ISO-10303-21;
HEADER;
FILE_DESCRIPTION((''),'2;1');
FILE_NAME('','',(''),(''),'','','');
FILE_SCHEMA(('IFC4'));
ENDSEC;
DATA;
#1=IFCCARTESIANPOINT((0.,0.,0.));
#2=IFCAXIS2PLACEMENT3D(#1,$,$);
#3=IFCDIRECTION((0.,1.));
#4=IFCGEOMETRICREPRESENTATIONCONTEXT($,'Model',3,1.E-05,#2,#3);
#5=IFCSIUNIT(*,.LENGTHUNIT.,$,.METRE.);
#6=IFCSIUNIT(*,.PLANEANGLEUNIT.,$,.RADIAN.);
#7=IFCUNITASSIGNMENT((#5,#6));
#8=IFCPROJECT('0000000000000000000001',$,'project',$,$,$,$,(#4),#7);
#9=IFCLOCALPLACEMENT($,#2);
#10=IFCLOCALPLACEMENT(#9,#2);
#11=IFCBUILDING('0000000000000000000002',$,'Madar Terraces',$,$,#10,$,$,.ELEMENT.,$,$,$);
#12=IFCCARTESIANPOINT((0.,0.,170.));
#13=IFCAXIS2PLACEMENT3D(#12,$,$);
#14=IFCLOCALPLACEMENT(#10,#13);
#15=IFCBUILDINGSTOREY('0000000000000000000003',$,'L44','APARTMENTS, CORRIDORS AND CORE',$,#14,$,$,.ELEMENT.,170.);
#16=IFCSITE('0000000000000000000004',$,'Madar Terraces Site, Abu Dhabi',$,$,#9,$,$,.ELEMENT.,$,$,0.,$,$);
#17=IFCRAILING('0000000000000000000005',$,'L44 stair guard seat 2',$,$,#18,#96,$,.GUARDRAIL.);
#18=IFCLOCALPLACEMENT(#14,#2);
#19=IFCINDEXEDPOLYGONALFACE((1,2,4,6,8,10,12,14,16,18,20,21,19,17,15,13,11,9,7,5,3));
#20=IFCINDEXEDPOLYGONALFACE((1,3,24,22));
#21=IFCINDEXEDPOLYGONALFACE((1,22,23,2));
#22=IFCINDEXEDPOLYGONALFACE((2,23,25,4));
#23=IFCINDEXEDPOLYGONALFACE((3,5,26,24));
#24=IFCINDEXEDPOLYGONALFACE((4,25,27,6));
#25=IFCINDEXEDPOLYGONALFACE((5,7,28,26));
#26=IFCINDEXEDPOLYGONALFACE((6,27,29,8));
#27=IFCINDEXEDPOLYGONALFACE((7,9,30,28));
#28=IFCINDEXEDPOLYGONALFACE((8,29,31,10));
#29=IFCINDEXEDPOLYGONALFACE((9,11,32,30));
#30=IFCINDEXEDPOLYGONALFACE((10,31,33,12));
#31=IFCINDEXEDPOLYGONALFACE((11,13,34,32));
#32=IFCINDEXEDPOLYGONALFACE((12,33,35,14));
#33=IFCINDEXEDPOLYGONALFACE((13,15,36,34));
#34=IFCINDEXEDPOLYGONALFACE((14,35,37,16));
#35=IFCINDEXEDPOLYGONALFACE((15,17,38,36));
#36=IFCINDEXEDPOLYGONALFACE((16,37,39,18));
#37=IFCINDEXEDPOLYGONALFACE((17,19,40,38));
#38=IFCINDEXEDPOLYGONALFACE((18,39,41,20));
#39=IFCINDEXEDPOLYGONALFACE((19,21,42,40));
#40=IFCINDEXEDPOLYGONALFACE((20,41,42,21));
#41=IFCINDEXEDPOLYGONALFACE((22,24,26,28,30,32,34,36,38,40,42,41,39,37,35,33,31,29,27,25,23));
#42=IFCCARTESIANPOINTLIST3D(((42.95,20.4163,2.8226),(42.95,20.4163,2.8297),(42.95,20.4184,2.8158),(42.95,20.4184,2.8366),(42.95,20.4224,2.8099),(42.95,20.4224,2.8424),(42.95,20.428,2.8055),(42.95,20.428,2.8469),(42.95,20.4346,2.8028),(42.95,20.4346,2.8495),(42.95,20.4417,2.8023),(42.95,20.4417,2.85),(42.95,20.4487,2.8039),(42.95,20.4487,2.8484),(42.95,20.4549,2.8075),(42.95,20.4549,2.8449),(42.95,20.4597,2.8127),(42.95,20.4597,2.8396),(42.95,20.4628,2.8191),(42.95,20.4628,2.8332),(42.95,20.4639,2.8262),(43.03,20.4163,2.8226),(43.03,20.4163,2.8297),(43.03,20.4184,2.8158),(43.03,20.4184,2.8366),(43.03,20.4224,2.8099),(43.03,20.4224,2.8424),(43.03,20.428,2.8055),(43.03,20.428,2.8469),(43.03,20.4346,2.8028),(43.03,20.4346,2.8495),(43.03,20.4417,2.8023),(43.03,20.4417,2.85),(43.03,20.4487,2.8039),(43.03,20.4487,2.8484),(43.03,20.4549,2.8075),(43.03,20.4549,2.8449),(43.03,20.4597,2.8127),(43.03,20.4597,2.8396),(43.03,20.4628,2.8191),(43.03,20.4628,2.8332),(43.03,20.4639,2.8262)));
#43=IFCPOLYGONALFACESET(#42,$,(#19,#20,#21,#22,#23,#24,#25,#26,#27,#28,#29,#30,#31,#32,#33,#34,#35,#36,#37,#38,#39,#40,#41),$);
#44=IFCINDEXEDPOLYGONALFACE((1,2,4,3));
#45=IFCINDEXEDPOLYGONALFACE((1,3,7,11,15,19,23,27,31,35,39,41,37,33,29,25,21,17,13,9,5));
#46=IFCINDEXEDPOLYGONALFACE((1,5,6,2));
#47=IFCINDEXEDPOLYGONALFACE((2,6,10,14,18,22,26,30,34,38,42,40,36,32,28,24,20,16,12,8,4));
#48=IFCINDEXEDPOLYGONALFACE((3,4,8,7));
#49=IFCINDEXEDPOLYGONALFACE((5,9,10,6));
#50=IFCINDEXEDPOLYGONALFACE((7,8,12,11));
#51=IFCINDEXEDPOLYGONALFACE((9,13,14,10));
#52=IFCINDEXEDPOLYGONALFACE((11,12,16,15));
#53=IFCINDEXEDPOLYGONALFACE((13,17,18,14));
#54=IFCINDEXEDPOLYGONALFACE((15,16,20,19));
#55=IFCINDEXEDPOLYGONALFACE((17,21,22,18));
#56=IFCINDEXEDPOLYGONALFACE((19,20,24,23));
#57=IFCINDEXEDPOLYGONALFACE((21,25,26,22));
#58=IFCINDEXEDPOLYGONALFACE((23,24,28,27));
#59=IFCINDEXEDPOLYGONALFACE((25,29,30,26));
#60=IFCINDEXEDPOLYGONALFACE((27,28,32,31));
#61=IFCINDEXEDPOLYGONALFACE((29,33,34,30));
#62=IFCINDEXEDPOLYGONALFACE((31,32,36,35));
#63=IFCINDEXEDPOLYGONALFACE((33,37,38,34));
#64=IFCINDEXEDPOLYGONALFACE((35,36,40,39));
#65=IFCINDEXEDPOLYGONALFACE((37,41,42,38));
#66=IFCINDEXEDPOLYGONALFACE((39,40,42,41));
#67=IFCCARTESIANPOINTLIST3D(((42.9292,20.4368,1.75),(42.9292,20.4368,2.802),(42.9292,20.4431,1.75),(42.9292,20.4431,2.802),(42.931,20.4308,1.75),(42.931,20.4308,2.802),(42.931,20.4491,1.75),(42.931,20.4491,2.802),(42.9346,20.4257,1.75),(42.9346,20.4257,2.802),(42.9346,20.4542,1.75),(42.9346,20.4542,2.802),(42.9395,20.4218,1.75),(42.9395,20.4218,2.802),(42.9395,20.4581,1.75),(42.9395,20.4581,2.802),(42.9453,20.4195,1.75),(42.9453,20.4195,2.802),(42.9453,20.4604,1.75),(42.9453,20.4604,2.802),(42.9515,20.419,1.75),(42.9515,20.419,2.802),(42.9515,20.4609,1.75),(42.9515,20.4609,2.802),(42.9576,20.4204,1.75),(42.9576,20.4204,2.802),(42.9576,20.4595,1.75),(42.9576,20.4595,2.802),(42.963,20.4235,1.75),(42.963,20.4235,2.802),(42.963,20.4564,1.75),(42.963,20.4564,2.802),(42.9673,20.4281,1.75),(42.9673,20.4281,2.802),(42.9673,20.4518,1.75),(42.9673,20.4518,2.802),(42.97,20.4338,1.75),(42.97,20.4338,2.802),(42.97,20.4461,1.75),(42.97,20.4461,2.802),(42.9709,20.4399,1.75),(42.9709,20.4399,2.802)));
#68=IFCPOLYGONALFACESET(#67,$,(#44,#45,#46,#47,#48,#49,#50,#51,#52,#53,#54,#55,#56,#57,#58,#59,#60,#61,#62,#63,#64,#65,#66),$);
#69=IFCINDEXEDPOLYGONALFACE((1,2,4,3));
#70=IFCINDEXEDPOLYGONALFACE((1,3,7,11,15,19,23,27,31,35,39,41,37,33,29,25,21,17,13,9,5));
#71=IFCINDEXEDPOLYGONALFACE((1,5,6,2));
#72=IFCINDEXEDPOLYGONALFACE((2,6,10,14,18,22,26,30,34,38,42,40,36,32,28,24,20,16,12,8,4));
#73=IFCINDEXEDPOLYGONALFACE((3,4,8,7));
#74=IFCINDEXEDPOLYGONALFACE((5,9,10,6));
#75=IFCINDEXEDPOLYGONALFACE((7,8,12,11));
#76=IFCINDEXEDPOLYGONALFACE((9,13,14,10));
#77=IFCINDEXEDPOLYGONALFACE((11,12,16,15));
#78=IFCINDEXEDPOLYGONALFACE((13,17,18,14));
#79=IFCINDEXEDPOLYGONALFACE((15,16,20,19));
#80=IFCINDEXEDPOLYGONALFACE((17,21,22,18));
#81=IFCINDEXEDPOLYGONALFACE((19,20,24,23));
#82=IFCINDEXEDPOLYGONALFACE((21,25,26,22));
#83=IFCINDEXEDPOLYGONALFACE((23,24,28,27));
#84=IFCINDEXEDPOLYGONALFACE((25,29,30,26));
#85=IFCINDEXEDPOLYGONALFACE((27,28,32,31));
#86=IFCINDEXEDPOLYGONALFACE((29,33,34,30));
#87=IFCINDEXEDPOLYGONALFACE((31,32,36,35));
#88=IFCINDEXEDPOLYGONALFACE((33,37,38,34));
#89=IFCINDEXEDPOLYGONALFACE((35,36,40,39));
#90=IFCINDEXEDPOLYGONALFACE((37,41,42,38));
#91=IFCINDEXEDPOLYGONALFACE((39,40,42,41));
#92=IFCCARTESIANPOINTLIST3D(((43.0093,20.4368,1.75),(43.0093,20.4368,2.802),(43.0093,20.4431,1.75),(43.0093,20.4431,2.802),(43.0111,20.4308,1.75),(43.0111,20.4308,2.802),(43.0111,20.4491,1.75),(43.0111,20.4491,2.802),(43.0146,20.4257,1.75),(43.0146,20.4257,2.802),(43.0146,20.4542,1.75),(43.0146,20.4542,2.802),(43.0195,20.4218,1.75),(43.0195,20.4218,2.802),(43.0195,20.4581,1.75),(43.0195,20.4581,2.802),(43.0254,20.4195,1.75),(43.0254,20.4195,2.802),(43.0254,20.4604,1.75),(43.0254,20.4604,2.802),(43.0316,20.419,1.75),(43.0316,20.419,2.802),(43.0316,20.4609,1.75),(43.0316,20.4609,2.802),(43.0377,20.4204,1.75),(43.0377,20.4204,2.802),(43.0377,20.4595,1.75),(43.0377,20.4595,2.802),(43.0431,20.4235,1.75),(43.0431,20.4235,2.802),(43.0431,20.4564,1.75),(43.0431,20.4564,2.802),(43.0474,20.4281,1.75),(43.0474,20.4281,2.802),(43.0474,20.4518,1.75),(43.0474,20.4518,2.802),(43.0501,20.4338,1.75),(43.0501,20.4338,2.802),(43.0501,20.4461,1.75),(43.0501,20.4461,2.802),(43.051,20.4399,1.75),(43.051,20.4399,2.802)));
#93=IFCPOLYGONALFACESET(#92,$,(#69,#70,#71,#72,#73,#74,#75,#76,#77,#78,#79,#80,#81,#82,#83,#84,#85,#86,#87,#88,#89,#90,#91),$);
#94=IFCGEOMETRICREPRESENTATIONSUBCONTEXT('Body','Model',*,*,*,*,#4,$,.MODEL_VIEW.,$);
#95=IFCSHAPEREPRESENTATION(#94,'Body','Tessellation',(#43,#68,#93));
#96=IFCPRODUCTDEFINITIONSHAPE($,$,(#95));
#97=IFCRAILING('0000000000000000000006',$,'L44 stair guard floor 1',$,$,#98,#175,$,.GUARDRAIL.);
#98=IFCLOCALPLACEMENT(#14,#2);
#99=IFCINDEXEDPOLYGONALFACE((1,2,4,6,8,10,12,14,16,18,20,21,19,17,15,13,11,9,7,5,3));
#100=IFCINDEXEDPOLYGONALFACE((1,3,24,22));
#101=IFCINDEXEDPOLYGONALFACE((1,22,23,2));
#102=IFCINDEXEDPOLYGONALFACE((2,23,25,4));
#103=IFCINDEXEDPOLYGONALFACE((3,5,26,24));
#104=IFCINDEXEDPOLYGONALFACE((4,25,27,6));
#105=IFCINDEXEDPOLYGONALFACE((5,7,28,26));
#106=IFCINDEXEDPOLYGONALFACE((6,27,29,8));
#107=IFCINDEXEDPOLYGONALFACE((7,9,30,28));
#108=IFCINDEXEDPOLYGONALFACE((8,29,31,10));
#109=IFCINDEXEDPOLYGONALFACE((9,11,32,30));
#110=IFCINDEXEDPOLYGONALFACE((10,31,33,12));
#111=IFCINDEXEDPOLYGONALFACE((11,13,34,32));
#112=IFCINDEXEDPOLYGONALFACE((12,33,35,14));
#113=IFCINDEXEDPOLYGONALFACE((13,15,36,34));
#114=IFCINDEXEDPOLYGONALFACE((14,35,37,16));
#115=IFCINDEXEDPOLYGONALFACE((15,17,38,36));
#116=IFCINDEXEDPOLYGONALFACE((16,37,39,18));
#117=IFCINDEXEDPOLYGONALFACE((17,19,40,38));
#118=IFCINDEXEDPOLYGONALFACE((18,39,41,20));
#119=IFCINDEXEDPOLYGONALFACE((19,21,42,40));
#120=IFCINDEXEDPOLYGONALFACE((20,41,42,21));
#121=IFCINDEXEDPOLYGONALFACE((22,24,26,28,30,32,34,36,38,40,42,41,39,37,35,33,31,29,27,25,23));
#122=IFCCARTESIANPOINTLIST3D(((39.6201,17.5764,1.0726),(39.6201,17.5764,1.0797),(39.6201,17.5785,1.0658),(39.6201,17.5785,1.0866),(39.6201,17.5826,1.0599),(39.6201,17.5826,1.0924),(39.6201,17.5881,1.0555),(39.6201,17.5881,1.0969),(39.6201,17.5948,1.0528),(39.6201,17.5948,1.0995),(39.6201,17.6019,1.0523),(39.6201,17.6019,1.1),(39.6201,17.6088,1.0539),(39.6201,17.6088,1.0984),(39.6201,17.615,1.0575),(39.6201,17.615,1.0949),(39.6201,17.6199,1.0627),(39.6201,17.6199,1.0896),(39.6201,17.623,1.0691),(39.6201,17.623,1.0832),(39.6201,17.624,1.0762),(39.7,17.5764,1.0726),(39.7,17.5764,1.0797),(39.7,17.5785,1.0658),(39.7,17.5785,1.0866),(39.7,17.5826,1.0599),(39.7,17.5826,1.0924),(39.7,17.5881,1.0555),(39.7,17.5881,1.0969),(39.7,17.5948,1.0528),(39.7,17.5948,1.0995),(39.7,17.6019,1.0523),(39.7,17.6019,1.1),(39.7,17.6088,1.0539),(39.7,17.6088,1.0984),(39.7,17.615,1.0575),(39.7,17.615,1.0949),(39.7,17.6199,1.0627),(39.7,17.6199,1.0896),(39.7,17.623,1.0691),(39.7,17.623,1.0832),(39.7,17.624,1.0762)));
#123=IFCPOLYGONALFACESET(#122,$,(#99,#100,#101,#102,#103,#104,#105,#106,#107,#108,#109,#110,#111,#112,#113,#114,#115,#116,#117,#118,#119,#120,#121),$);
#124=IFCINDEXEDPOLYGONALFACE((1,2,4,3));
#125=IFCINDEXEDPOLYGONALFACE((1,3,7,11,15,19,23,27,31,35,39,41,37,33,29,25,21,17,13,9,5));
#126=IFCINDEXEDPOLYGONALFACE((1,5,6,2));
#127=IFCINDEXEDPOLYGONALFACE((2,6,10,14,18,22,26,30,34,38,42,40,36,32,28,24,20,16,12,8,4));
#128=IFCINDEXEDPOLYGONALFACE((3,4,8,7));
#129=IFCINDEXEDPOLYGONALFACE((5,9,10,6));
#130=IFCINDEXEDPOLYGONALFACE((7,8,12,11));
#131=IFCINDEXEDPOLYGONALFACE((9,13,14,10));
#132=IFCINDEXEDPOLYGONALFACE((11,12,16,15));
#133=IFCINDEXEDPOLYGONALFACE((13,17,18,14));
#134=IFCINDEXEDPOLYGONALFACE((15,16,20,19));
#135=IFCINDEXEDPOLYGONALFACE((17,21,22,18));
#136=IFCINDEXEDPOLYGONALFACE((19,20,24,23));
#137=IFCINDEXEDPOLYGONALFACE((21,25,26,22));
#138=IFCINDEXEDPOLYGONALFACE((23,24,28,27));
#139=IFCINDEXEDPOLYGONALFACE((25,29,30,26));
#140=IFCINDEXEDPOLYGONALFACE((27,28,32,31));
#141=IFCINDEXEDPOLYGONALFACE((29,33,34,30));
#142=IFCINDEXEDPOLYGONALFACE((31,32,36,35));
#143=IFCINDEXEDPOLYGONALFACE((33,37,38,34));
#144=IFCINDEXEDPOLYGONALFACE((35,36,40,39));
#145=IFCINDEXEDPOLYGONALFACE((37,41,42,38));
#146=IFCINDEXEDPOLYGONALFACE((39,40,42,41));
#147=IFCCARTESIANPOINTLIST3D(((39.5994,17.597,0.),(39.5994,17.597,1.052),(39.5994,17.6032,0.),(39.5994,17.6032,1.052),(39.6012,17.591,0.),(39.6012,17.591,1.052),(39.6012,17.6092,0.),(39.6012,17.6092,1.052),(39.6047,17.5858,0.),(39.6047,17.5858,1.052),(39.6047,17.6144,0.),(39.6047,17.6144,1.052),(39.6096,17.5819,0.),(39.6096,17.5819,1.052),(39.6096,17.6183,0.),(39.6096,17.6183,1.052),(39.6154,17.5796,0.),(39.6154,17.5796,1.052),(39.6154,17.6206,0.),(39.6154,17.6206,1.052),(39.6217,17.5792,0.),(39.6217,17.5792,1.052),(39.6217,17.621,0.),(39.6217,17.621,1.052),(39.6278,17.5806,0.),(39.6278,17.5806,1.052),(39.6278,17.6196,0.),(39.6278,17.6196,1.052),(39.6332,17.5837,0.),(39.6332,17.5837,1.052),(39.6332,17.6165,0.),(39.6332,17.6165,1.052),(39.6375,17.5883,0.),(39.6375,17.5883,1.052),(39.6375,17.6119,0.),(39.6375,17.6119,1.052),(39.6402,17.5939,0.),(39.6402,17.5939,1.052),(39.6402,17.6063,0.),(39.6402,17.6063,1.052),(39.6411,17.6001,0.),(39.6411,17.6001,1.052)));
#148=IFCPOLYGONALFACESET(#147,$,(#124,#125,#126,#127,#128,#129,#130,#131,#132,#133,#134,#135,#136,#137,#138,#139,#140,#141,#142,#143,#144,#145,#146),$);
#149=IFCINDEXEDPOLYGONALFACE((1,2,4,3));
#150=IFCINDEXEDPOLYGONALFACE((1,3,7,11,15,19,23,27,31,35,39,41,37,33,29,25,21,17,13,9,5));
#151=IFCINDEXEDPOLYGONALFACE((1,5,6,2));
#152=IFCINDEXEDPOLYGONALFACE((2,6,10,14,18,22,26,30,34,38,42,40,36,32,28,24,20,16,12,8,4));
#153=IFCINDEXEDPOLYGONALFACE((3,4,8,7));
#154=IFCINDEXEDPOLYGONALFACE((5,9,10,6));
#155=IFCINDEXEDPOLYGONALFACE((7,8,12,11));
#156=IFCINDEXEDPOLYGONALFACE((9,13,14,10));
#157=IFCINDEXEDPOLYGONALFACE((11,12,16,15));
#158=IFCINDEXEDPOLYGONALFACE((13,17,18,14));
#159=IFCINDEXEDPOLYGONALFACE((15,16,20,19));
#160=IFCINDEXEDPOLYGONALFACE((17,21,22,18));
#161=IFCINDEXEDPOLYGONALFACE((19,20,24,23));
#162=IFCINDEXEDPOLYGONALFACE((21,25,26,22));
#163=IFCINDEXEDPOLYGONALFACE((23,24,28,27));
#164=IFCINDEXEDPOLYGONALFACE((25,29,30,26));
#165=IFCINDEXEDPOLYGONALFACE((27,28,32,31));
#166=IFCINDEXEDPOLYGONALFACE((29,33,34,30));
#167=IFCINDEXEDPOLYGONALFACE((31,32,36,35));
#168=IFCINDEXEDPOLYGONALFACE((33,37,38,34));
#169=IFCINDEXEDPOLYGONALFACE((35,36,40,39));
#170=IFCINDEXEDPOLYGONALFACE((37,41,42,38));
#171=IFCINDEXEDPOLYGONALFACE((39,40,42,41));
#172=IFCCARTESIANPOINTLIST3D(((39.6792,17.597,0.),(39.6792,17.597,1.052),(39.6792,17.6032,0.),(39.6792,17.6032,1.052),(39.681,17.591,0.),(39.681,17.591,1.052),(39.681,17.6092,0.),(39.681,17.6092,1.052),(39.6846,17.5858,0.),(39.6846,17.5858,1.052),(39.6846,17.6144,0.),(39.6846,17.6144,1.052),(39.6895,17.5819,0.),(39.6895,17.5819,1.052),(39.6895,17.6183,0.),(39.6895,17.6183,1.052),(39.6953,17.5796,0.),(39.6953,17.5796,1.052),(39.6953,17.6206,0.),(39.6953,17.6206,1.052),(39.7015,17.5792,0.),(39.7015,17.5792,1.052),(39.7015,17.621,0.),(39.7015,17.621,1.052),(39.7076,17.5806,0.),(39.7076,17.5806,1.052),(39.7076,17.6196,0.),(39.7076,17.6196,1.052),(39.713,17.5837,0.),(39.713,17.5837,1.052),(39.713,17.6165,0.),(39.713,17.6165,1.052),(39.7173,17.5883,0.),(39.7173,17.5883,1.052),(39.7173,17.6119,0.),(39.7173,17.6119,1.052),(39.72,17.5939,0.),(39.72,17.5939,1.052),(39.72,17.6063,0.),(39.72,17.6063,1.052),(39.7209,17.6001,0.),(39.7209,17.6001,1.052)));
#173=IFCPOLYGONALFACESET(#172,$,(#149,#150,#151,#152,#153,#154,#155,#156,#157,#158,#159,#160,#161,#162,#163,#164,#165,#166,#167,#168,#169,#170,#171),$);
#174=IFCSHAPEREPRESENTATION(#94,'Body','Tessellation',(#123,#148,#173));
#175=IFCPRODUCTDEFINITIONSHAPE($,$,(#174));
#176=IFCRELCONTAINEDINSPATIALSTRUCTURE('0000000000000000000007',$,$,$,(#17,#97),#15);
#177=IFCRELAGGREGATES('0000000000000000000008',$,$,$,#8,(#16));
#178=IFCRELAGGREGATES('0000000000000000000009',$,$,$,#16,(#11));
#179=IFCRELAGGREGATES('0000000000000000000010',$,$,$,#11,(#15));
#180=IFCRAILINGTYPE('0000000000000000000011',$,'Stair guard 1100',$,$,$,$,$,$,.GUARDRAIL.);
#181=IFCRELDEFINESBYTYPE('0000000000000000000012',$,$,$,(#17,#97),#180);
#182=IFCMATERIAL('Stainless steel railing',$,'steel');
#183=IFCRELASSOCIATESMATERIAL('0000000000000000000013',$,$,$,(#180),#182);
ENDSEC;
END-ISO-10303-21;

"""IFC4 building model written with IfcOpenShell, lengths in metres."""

from ifc_helpers import new_model, si_unit, direction, frame, origin, origin_2d, place, context, subcontext, project, spatial, circle, extrude, material, type_object, element, save


model = new_model("IFC4")

# Units and contexts
model_context = context("Model", 3, precision=1e-05, world=origin(), true_north=direction((0.0, 1.0)))
body_context = subcontext(model_context, "Body", "Model", "MODEL_VIEW")
ifc_project = project(units=[si_unit("LENGTHUNIT", "METRE"), si_unit("PLANEANGLEUNIT", "RADIAN")], contexts=[model_context])

# Site, building, storey
site_placement = place(None, origin())
site = spatial("IfcSite", under=ifc_project, at=site_placement, Name="Madar Terraces Site, Abu Dhabi", CompositionType="ELEMENT", RefElevation=0.0)
building_placement = place(site_placement, origin())
building = spatial("IfcBuilding", under=site, at=building_placement, Name="Madar Terraces", CompositionType="ELEMENT")
storey_placement = place(building_placement, frame((0.0, 0.0, 170.0)))
storey = spatial("IfcBuildingStorey", under=building, at=storey_placement, Name="L44", Description="APARTMENTS, CORRIDORS AND CORE", CompositionType="ELEMENT", Elevation=170.0)

# Railings
ifc_material_1 = material(Name="Stainless steel railing", Category="steel")
railing_type_1 = type_object("IfcRailingType", Name="Stair guard 1100", PredefinedType="GUARDRAIL", material=ifc_material_1)
railing_1_placement = place(storey_placement, frame((42.95, 20.4399, 1.75)))
element("IfcRailing", 1, at=railing_1_placement, inside=storey, type_object=railing_type_1, Name="L44 stair guard seat 2", PredefinedType="GUARDRAIL", context=body_context, shape_type="SweptSolid", body=[
    extrude(circle(Radius=0.0239, at=origin_2d()), frame((0.0, 0.0, 1.0762), z_axis=(1.0, 0.0, 0.0), x_axis=(0.0, 1.0, 0.0)), (0.0, 0.0, 1.0), 0.0801),
    extrude(circle(Radius=0.021, at=origin_2d()), origin(), (0.0, 0.0, 1.0), 1.052),
    extrude(circle(Radius=0.021, at=origin_2d()), frame((0.0801, 0.0, 0.0)), (0.0, 0.0, 1.0), 1.052),
])
railing_2_placement = place(storey_placement, frame((39.6201, 17.6001, 0.0)))
element("IfcRailing", 2, at=railing_2_placement, inside=storey, type_object=railing_type_1, Name="L44 stair guard floor 1", PredefinedType="GUARDRAIL", context=body_context, shape_type="SweptSolid", body=[
    extrude(circle(Radius=0.0239, at=origin_2d()), frame((0.0, 0.0, 1.0762), z_axis=(1.0, 0.0, 0.0), x_axis=(0.0, 1.0, 0.0)), (0.0, 0.0, 1.0), 0.0798),
    extrude(circle(Radius=0.021, at=origin_2d()), origin(), (0.0, 0.0, 1.0), 1.052),
    extrude(circle(Radius=0.021, at=origin_2d()), frame((0.0798, 0.0, 0.0)), (0.0, 0.0, 1.0), 1.052),
])

save(model, "model.ifc")
